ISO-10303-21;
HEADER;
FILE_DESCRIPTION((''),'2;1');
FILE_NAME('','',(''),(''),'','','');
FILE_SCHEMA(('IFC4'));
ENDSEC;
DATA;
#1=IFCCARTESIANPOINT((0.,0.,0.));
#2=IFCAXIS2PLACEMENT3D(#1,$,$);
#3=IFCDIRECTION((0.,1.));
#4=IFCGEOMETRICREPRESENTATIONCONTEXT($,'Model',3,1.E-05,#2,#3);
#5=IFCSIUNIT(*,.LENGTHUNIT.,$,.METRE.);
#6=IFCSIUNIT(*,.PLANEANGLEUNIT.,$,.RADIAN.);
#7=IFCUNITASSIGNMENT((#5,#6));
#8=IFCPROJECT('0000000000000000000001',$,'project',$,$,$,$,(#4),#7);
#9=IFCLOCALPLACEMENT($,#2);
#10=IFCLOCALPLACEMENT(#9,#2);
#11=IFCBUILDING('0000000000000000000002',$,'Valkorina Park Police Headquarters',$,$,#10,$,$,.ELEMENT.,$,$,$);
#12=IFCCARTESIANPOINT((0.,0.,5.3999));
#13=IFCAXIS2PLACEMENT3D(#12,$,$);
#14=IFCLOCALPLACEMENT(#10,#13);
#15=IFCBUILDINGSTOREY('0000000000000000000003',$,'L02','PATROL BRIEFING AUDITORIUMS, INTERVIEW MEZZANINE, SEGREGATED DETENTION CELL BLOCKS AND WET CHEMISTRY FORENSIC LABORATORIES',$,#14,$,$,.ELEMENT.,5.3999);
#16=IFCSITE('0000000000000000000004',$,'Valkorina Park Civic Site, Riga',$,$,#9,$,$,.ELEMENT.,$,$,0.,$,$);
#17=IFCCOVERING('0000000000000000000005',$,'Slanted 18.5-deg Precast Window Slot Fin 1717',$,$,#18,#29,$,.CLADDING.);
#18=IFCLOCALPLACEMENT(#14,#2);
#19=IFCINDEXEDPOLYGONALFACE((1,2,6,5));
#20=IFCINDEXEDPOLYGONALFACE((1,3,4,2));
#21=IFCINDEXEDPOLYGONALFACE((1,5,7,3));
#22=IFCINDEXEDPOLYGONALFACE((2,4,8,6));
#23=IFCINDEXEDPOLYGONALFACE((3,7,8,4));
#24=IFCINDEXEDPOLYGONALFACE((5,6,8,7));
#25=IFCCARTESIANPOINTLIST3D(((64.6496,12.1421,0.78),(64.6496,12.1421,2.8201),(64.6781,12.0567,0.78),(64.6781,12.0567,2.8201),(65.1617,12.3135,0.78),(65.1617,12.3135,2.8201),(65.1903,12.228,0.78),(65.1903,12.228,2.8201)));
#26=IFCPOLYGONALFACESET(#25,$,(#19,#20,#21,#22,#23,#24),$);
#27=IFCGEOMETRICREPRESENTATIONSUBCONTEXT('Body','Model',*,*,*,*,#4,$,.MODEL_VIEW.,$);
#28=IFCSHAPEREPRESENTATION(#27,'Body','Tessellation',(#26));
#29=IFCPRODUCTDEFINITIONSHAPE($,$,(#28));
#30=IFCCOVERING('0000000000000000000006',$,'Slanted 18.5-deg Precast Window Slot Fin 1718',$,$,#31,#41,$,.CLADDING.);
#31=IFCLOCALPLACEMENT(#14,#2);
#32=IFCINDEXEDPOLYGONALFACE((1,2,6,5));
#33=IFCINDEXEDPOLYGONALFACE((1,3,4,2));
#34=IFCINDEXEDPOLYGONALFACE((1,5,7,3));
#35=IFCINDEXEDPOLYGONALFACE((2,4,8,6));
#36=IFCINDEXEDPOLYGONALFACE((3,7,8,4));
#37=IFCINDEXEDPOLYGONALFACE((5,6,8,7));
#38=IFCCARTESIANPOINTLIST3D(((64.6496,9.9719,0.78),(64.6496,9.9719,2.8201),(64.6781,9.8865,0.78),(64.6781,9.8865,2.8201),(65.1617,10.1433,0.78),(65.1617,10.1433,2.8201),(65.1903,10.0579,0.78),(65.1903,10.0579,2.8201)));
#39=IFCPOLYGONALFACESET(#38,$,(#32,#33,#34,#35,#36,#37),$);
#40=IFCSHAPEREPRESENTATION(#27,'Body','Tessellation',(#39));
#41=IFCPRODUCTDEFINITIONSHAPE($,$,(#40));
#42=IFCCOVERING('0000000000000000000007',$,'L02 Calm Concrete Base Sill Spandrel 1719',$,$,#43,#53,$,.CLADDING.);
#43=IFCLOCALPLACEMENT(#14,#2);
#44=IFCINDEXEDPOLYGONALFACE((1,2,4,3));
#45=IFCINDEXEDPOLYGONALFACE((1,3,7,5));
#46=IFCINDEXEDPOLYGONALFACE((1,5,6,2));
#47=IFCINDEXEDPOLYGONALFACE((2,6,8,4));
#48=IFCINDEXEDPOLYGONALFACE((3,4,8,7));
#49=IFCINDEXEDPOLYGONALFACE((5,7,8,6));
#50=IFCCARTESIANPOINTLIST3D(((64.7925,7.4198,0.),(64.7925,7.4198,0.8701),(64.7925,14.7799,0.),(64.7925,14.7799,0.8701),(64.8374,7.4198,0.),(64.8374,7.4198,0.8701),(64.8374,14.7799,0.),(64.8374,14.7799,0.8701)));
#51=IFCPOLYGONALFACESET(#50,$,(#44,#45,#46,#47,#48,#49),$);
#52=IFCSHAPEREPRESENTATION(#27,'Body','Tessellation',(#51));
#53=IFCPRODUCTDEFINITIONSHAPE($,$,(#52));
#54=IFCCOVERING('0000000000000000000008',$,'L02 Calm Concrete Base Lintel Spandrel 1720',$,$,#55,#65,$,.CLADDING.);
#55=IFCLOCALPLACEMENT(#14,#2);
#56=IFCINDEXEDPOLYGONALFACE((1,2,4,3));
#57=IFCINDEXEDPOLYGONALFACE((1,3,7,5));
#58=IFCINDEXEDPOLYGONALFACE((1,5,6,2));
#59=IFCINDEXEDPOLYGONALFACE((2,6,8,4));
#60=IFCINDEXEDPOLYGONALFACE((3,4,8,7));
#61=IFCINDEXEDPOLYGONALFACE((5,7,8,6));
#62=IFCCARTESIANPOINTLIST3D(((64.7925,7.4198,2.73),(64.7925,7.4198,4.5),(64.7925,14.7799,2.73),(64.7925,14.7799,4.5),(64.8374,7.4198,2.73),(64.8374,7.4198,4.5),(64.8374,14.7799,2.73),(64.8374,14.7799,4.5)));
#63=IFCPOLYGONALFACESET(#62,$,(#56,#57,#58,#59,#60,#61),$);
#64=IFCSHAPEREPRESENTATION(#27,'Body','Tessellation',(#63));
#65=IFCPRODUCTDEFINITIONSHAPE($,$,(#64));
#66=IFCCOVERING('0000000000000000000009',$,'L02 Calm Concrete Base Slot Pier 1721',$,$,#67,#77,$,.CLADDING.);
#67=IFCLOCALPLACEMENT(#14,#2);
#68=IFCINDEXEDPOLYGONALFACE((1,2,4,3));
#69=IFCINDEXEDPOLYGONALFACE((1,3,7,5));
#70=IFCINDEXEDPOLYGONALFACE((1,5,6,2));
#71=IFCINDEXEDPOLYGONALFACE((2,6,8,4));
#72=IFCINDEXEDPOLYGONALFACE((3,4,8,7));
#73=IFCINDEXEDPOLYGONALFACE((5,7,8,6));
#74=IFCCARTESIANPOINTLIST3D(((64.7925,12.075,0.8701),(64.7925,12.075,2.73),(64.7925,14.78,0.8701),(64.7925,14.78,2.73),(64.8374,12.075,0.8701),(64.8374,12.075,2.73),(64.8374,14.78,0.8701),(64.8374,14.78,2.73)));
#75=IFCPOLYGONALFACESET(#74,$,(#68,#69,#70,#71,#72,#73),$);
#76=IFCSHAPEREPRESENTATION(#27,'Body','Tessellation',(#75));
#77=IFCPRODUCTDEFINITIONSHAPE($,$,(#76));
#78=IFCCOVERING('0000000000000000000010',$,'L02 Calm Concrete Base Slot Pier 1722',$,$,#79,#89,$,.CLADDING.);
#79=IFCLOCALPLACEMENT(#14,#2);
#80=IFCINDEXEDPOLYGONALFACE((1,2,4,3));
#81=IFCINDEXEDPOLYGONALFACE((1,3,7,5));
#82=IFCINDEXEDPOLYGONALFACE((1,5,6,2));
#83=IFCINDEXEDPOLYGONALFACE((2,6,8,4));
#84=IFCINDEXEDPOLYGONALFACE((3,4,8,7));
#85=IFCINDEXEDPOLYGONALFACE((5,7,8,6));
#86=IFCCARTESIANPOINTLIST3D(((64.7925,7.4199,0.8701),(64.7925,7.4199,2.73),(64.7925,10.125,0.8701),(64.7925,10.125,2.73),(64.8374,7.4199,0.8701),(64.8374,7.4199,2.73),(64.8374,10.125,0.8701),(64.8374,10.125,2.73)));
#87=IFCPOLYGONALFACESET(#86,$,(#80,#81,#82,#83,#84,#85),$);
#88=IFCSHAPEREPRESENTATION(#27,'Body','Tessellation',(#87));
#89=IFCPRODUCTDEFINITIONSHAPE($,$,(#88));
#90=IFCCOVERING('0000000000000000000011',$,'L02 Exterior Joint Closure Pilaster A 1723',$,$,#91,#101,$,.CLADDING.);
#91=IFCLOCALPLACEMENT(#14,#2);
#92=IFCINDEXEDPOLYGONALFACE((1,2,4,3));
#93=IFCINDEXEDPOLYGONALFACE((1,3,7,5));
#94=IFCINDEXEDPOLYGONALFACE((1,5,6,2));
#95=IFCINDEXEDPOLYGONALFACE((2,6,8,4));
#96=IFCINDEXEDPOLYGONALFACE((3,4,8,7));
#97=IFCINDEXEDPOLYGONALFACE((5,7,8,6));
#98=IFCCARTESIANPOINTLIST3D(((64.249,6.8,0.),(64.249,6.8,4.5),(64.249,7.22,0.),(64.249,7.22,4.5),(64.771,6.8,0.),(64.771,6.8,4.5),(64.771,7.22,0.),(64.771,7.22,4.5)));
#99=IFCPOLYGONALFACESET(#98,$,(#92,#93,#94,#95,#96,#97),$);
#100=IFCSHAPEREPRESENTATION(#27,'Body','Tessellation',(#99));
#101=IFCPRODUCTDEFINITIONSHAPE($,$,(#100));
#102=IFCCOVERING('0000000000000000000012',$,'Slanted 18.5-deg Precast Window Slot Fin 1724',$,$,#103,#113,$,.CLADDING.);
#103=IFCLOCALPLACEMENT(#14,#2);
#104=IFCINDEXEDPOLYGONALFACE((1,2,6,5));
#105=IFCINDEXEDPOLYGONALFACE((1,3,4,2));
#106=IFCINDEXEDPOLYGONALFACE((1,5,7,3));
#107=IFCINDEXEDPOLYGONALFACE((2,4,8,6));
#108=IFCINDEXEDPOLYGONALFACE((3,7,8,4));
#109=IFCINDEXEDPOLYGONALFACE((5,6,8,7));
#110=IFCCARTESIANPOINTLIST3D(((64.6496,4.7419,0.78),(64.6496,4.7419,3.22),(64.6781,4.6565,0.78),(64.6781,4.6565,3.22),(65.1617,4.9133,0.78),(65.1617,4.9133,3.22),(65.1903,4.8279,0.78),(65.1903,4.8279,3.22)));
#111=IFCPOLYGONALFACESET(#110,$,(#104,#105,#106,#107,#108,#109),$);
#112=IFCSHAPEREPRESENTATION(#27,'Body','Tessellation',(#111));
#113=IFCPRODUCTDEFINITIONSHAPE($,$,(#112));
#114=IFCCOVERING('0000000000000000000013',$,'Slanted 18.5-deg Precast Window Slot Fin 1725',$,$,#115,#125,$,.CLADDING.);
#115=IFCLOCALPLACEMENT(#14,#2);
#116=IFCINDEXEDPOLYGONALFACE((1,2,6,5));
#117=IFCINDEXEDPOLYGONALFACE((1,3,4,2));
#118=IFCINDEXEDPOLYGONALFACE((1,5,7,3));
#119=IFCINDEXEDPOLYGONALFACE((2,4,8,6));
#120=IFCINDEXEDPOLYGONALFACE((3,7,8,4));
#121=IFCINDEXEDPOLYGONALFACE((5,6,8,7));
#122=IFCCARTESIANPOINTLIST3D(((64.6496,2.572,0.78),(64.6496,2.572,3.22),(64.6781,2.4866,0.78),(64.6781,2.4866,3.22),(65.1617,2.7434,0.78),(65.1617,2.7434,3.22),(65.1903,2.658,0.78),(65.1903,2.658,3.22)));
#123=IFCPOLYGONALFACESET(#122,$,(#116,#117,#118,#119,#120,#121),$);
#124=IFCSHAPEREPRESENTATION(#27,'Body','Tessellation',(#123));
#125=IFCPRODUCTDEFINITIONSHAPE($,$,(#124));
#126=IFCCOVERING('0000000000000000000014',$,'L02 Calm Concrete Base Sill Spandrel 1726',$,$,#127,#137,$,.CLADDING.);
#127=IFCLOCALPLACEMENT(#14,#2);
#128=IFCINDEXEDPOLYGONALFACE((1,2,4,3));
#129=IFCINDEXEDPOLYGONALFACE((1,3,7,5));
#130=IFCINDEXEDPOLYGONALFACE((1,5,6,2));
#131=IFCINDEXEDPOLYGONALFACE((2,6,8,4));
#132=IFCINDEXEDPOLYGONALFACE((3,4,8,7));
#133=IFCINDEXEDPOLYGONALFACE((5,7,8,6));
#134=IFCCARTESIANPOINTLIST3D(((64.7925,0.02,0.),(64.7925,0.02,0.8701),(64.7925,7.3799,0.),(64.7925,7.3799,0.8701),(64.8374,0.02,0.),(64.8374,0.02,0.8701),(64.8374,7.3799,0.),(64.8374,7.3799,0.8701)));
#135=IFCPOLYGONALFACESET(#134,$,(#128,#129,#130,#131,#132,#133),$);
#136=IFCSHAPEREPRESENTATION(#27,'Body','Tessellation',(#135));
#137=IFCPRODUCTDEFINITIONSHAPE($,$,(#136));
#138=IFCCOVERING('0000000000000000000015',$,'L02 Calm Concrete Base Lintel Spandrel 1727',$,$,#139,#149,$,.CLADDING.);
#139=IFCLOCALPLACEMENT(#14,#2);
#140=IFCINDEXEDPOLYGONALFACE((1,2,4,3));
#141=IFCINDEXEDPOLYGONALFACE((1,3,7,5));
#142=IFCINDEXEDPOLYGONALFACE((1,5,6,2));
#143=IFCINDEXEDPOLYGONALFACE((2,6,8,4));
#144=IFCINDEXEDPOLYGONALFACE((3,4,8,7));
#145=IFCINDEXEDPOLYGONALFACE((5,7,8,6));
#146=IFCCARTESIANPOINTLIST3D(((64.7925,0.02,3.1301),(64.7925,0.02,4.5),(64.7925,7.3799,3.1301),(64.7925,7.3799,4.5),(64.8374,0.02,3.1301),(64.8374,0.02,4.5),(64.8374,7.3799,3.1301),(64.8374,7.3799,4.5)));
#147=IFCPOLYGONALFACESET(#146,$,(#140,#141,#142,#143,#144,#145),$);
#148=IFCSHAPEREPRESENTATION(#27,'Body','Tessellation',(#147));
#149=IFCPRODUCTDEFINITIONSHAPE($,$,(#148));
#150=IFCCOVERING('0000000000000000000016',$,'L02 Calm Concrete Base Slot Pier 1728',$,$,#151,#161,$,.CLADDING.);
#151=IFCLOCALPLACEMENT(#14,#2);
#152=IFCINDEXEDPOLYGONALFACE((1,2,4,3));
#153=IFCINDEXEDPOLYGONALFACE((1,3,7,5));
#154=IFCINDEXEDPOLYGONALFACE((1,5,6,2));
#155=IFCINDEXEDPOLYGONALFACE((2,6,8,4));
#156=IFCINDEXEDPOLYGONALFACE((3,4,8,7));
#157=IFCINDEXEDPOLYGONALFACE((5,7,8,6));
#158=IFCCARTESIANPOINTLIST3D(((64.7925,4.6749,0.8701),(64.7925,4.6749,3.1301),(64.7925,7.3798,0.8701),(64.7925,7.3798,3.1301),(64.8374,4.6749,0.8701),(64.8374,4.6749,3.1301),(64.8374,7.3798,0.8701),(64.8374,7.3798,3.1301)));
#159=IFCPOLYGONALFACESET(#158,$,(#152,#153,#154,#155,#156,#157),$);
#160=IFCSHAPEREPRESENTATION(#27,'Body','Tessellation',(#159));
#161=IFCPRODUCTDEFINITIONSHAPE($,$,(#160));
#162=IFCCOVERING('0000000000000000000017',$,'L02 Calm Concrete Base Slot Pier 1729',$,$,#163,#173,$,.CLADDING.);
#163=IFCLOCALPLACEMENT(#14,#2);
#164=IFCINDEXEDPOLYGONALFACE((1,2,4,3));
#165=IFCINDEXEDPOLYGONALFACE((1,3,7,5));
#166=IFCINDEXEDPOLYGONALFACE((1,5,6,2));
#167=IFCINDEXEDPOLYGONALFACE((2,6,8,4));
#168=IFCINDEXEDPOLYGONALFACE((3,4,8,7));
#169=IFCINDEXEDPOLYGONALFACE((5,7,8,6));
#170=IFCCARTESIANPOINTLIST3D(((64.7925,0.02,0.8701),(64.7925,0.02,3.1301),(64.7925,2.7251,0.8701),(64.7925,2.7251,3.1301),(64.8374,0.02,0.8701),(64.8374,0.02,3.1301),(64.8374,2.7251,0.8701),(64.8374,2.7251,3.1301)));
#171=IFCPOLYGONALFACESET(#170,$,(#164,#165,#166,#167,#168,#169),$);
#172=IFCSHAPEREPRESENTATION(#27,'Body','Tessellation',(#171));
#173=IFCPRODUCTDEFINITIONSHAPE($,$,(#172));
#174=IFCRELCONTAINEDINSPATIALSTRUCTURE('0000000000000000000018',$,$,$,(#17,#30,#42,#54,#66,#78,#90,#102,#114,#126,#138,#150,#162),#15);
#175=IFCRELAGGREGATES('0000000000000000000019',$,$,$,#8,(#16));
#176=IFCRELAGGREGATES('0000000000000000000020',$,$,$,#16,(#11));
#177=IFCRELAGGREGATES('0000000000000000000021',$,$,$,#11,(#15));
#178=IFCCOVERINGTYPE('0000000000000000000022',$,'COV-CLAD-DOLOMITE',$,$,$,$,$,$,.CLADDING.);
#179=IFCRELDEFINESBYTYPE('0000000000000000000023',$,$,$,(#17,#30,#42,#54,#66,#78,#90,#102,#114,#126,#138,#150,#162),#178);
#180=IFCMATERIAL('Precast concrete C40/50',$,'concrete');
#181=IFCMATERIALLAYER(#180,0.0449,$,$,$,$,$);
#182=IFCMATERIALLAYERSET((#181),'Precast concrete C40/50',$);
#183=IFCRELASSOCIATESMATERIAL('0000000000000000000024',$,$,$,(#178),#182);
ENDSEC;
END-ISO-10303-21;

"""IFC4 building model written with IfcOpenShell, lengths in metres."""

from ifc_helpers import new_model, si_unit, direction, frame, frame_2d, origin, origin_2d, place, context, subcontext, project, spatial, rectangle, extrude, material, layer, layer_set, type_object, element, save


model = new_model("IFC4")

# Units and contexts
model_context = context("Model", 3, precision=1e-05, world=origin(), true_north=direction((0.0, 1.0)))
body_context = subcontext(model_context, "Body", "Model", "MODEL_VIEW")
ifc_project = project(units=[si_unit("LENGTHUNIT", "METRE"), si_unit("PLANEANGLEUNIT", "RADIAN")], contexts=[model_context])

# Site, building, storey
site_placement = place(None, origin())
site = spatial("IfcSite", under=ifc_project, at=site_placement, Name="Valkorina Park Civic Site, Riga", CompositionType="ELEMENT", RefElevation=0.0)
building_placement = place(site_placement, origin())
building = spatial("IfcBuilding", under=site, at=building_placement, Name="Valkorina Park Police Headquarters", CompositionType="ELEMENT")
storey_placement = place(building_placement, frame((0.0, 0.0, 5.3999)))
storey = spatial("IfcBuildingStorey", under=building, at=storey_placement, Name="L02", Description="PATROL BRIEFING AUDITORIUMS, INTERVIEW MEZZANINE, SEGREGATED DETENTION CELL BLOCKS AND WET CHEMISTRY FORENSIC LABORATORIES", CompositionType="ELEMENT", Elevation=5.3999)

# Coverings
ifc_material_1 = material(Name="Precast concrete C40/50", Category="concrete")
ifc_layer_1 = layer(ifc_material_1, 0.0449)
ifc_layer_set_1 = layer_set([ifc_layer_1], Name="Precast concrete C40/50")
covering_type = type_object("IfcCoveringType", Name="COV-CLAD-DOLOMITE", PredefinedType="CLADDING", material=ifc_layer_set_1)
for number, where, z_axis, x_axis, name in (
    (1, (64.9199, 12.1851, 0.78), (0.0, 0.0, 1.0), (0.948324, 0.317305, 0.0), "Slanted 18.5-deg Precast Window Slot Fin 1717"),
    (2, (64.9199, 10.0149, 0.78), (0.0, 0.0, 1.0), (0.948324, 0.317305, 0.0), "Slanted 18.5-deg Precast Window Slot Fin 1718"),
):
    element("IfcCovering", number, at=place(storey_placement, frame(where, z_axis=z_axis, x_axis=x_axis)), inside=storey, type_object=covering_type, Name=name, PredefinedType="CLADDING", context=body_context, shape_type="SweptSolid", body=[
        extrude(rectangle(XDim=0.54, YDim=0.0901, at=origin_2d()), origin(), (0.0, 0.0, 1.0), 2.04),
    ])
covering_1_placement = place(storey_placement, frame((64.8149, 14.78, 0.0), z_axis=(0.0, 0.0, 1.0), x_axis=(0.0, -1.0, 0.0)))
element("IfcCovering", 3, at=covering_1_placement, inside=storey, type_object=covering_type, Name="L02 Calm Concrete Base Sill Spandrel 1719", PredefinedType="CLADDING", context=body_context, shape_type="SweptSolid", body=[
    extrude(rectangle(XDim=7.3601, YDim=0.0449, at=frame_2d((3.6802, 0.0))), origin(), (0.0, 0.0, 1.0), 0.8701),
])
covering_2_placement = place(storey_placement, frame((64.8149, 14.78, 2.73), z_axis=(0.0, 0.0, 1.0), x_axis=(0.0, -1.0, 0.0)))
element("IfcCovering", 4, at=covering_2_placement, inside=storey, type_object=covering_type, Name="L02 Calm Concrete Base Lintel Spandrel 1720", PredefinedType="CLADDING", context=body_context, shape_type="SweptSolid", body=[
    extrude(rectangle(XDim=7.3601, YDim=0.0449, at=frame_2d((3.6802, 0.0))), origin(), (0.0, 0.0, 1.0), 1.77),
])
for number, where, z_axis, x_axis, name in (
    (5, (64.8149, 14.78, 0.8701), (0.0, 0.0, 1.0), (0.0, -1.0, 0.0), "L02 Calm Concrete Base Slot Pier 1721"),
    (6, (64.8149, 10.125, 0.8701), (0.0, 0.0, 1.0), (0.0, -1.0, 0.0), "L02 Calm Concrete Base Slot Pier 1722"),
):
    element("IfcCovering", number, at=place(storey_placement, frame(where, z_axis=z_axis, x_axis=x_axis)), inside=storey, type_object=covering_type, Name=name, PredefinedType="CLADDING", context=body_context, shape_type="SweptSolid", body=[
        extrude(rectangle(XDim=2.7051, YDim=0.0449, at=frame_2d((1.3525, 0.0))), origin(), (0.0, 0.0, 1.0), 1.8599),
    ])
covering_3_placement = place(storey_placement, frame((64.51, 7.01, 0.0), z_axis=(0.0, 0.0, 1.0), x_axis=(0.0, 1.0, 0.0)))
element("IfcCovering", 7, at=covering_3_placement, inside=storey, type_object=covering_type, Name="L02 Exterior Joint Closure Pilaster A 1723", PredefinedType="CLADDING", context=body_context, shape_type="SweptSolid", body=[
    extrude(rectangle(XDim=0.4199, YDim=0.522, at=origin_2d()), origin(), (0.0, 0.0, 1.0), 4.5),
])
for number, where, z_axis, x_axis, name in (
    (8, (64.9199, 4.7849, 0.78), (0.0, 0.0, 1.0), (0.948324, 0.317305, 0.0), "Slanted 18.5-deg Precast Window Slot Fin 1724"),
    (9, (64.9199, 2.615, 0.78), (0.0, 0.0, 1.0), (0.948324, 0.317305, 0.0), "Slanted 18.5-deg Precast Window Slot Fin 1725"),
):
    element("IfcCovering", number, at=place(storey_placement, frame(where, z_axis=z_axis, x_axis=x_axis)), inside=storey, type_object=covering_type, Name=name, PredefinedType="CLADDING", context=body_context, shape_type="SweptSolid", body=[
        extrude(rectangle(XDim=0.54, YDim=0.0901, at=origin_2d()), origin(), (0.0, 0.0, 1.0), 2.4399),
    ])
covering_4_placement = place(storey_placement, frame((64.8149, 7.3799, 0.0), z_axis=(0.0, 0.0, 1.0), x_axis=(0.0, -1.0, 0.0)))
element("IfcCovering", 10, at=covering_4_placement, inside=storey, type_object=covering_type, Name="L02 Calm Concrete Base Sill Spandrel 1726", PredefinedType="CLADDING", context=body_context, shape_type="SweptSolid", body=[
    extrude(rectangle(XDim=7.3599, YDim=0.0449, at=frame_2d((3.6799, 0.0))), origin(), (0.0, 0.0, 1.0), 0.8701),
])
covering_5_placement = place(storey_placement, frame((64.8149, 7.3799, 3.1301), z_axis=(0.0, 0.0, 1.0), x_axis=(0.0, -1.0, 0.0)))
element("IfcCovering", 11, at=covering_5_placement, inside=storey, type_object=covering_type, Name="L02 Calm Concrete Base Lintel Spandrel 1727", PredefinedType="CLADDING", context=body_context, shape_type="SweptSolid", body=[
    extrude(rectangle(XDim=7.3599, YDim=0.0449, at=frame_2d((3.6799, 0.0))), origin(), (0.0, 0.0, 1.0), 1.3699),
])
covering_6_placement = place(storey_placement, frame((64.8149, 7.3799, 0.8701), z_axis=(0.0, 0.0, 1.0), x_axis=(0.0, -1.0, 0.0)))
element("IfcCovering", 12, at=covering_6_placement, inside=storey, type_object=covering_type, Name="L02 Calm Concrete Base Slot Pier 1728", PredefinedType="CLADDING", context=body_context, shape_type="SweptSolid", body=[
    extrude(rectangle(XDim=2.7048, YDim=0.0449, at=frame_2d((1.3525, 0.0))), origin(), (0.0, 0.0, 1.0), 2.26),
])
covering_7_placement = place(storey_placement, frame((64.8149, 2.7251, 0.8701), z_axis=(0.0, 0.0, 1.0), x_axis=(0.0, -1.0, 0.0)))
element("IfcCovering", 13, at=covering_7_placement, inside=storey, type_object=covering_type, Name="L02 Calm Concrete Base Slot Pier 1729", PredefinedType="CLADDING", context=body_context, shape_type="SweptSolid", body=[
    extrude(rectangle(XDim=2.7051, YDim=0.0449, at=frame_2d((1.3525, 0.0))), origin(), (0.0, 0.0, 1.0), 2.26),
])

save(model, "model.ifc")
